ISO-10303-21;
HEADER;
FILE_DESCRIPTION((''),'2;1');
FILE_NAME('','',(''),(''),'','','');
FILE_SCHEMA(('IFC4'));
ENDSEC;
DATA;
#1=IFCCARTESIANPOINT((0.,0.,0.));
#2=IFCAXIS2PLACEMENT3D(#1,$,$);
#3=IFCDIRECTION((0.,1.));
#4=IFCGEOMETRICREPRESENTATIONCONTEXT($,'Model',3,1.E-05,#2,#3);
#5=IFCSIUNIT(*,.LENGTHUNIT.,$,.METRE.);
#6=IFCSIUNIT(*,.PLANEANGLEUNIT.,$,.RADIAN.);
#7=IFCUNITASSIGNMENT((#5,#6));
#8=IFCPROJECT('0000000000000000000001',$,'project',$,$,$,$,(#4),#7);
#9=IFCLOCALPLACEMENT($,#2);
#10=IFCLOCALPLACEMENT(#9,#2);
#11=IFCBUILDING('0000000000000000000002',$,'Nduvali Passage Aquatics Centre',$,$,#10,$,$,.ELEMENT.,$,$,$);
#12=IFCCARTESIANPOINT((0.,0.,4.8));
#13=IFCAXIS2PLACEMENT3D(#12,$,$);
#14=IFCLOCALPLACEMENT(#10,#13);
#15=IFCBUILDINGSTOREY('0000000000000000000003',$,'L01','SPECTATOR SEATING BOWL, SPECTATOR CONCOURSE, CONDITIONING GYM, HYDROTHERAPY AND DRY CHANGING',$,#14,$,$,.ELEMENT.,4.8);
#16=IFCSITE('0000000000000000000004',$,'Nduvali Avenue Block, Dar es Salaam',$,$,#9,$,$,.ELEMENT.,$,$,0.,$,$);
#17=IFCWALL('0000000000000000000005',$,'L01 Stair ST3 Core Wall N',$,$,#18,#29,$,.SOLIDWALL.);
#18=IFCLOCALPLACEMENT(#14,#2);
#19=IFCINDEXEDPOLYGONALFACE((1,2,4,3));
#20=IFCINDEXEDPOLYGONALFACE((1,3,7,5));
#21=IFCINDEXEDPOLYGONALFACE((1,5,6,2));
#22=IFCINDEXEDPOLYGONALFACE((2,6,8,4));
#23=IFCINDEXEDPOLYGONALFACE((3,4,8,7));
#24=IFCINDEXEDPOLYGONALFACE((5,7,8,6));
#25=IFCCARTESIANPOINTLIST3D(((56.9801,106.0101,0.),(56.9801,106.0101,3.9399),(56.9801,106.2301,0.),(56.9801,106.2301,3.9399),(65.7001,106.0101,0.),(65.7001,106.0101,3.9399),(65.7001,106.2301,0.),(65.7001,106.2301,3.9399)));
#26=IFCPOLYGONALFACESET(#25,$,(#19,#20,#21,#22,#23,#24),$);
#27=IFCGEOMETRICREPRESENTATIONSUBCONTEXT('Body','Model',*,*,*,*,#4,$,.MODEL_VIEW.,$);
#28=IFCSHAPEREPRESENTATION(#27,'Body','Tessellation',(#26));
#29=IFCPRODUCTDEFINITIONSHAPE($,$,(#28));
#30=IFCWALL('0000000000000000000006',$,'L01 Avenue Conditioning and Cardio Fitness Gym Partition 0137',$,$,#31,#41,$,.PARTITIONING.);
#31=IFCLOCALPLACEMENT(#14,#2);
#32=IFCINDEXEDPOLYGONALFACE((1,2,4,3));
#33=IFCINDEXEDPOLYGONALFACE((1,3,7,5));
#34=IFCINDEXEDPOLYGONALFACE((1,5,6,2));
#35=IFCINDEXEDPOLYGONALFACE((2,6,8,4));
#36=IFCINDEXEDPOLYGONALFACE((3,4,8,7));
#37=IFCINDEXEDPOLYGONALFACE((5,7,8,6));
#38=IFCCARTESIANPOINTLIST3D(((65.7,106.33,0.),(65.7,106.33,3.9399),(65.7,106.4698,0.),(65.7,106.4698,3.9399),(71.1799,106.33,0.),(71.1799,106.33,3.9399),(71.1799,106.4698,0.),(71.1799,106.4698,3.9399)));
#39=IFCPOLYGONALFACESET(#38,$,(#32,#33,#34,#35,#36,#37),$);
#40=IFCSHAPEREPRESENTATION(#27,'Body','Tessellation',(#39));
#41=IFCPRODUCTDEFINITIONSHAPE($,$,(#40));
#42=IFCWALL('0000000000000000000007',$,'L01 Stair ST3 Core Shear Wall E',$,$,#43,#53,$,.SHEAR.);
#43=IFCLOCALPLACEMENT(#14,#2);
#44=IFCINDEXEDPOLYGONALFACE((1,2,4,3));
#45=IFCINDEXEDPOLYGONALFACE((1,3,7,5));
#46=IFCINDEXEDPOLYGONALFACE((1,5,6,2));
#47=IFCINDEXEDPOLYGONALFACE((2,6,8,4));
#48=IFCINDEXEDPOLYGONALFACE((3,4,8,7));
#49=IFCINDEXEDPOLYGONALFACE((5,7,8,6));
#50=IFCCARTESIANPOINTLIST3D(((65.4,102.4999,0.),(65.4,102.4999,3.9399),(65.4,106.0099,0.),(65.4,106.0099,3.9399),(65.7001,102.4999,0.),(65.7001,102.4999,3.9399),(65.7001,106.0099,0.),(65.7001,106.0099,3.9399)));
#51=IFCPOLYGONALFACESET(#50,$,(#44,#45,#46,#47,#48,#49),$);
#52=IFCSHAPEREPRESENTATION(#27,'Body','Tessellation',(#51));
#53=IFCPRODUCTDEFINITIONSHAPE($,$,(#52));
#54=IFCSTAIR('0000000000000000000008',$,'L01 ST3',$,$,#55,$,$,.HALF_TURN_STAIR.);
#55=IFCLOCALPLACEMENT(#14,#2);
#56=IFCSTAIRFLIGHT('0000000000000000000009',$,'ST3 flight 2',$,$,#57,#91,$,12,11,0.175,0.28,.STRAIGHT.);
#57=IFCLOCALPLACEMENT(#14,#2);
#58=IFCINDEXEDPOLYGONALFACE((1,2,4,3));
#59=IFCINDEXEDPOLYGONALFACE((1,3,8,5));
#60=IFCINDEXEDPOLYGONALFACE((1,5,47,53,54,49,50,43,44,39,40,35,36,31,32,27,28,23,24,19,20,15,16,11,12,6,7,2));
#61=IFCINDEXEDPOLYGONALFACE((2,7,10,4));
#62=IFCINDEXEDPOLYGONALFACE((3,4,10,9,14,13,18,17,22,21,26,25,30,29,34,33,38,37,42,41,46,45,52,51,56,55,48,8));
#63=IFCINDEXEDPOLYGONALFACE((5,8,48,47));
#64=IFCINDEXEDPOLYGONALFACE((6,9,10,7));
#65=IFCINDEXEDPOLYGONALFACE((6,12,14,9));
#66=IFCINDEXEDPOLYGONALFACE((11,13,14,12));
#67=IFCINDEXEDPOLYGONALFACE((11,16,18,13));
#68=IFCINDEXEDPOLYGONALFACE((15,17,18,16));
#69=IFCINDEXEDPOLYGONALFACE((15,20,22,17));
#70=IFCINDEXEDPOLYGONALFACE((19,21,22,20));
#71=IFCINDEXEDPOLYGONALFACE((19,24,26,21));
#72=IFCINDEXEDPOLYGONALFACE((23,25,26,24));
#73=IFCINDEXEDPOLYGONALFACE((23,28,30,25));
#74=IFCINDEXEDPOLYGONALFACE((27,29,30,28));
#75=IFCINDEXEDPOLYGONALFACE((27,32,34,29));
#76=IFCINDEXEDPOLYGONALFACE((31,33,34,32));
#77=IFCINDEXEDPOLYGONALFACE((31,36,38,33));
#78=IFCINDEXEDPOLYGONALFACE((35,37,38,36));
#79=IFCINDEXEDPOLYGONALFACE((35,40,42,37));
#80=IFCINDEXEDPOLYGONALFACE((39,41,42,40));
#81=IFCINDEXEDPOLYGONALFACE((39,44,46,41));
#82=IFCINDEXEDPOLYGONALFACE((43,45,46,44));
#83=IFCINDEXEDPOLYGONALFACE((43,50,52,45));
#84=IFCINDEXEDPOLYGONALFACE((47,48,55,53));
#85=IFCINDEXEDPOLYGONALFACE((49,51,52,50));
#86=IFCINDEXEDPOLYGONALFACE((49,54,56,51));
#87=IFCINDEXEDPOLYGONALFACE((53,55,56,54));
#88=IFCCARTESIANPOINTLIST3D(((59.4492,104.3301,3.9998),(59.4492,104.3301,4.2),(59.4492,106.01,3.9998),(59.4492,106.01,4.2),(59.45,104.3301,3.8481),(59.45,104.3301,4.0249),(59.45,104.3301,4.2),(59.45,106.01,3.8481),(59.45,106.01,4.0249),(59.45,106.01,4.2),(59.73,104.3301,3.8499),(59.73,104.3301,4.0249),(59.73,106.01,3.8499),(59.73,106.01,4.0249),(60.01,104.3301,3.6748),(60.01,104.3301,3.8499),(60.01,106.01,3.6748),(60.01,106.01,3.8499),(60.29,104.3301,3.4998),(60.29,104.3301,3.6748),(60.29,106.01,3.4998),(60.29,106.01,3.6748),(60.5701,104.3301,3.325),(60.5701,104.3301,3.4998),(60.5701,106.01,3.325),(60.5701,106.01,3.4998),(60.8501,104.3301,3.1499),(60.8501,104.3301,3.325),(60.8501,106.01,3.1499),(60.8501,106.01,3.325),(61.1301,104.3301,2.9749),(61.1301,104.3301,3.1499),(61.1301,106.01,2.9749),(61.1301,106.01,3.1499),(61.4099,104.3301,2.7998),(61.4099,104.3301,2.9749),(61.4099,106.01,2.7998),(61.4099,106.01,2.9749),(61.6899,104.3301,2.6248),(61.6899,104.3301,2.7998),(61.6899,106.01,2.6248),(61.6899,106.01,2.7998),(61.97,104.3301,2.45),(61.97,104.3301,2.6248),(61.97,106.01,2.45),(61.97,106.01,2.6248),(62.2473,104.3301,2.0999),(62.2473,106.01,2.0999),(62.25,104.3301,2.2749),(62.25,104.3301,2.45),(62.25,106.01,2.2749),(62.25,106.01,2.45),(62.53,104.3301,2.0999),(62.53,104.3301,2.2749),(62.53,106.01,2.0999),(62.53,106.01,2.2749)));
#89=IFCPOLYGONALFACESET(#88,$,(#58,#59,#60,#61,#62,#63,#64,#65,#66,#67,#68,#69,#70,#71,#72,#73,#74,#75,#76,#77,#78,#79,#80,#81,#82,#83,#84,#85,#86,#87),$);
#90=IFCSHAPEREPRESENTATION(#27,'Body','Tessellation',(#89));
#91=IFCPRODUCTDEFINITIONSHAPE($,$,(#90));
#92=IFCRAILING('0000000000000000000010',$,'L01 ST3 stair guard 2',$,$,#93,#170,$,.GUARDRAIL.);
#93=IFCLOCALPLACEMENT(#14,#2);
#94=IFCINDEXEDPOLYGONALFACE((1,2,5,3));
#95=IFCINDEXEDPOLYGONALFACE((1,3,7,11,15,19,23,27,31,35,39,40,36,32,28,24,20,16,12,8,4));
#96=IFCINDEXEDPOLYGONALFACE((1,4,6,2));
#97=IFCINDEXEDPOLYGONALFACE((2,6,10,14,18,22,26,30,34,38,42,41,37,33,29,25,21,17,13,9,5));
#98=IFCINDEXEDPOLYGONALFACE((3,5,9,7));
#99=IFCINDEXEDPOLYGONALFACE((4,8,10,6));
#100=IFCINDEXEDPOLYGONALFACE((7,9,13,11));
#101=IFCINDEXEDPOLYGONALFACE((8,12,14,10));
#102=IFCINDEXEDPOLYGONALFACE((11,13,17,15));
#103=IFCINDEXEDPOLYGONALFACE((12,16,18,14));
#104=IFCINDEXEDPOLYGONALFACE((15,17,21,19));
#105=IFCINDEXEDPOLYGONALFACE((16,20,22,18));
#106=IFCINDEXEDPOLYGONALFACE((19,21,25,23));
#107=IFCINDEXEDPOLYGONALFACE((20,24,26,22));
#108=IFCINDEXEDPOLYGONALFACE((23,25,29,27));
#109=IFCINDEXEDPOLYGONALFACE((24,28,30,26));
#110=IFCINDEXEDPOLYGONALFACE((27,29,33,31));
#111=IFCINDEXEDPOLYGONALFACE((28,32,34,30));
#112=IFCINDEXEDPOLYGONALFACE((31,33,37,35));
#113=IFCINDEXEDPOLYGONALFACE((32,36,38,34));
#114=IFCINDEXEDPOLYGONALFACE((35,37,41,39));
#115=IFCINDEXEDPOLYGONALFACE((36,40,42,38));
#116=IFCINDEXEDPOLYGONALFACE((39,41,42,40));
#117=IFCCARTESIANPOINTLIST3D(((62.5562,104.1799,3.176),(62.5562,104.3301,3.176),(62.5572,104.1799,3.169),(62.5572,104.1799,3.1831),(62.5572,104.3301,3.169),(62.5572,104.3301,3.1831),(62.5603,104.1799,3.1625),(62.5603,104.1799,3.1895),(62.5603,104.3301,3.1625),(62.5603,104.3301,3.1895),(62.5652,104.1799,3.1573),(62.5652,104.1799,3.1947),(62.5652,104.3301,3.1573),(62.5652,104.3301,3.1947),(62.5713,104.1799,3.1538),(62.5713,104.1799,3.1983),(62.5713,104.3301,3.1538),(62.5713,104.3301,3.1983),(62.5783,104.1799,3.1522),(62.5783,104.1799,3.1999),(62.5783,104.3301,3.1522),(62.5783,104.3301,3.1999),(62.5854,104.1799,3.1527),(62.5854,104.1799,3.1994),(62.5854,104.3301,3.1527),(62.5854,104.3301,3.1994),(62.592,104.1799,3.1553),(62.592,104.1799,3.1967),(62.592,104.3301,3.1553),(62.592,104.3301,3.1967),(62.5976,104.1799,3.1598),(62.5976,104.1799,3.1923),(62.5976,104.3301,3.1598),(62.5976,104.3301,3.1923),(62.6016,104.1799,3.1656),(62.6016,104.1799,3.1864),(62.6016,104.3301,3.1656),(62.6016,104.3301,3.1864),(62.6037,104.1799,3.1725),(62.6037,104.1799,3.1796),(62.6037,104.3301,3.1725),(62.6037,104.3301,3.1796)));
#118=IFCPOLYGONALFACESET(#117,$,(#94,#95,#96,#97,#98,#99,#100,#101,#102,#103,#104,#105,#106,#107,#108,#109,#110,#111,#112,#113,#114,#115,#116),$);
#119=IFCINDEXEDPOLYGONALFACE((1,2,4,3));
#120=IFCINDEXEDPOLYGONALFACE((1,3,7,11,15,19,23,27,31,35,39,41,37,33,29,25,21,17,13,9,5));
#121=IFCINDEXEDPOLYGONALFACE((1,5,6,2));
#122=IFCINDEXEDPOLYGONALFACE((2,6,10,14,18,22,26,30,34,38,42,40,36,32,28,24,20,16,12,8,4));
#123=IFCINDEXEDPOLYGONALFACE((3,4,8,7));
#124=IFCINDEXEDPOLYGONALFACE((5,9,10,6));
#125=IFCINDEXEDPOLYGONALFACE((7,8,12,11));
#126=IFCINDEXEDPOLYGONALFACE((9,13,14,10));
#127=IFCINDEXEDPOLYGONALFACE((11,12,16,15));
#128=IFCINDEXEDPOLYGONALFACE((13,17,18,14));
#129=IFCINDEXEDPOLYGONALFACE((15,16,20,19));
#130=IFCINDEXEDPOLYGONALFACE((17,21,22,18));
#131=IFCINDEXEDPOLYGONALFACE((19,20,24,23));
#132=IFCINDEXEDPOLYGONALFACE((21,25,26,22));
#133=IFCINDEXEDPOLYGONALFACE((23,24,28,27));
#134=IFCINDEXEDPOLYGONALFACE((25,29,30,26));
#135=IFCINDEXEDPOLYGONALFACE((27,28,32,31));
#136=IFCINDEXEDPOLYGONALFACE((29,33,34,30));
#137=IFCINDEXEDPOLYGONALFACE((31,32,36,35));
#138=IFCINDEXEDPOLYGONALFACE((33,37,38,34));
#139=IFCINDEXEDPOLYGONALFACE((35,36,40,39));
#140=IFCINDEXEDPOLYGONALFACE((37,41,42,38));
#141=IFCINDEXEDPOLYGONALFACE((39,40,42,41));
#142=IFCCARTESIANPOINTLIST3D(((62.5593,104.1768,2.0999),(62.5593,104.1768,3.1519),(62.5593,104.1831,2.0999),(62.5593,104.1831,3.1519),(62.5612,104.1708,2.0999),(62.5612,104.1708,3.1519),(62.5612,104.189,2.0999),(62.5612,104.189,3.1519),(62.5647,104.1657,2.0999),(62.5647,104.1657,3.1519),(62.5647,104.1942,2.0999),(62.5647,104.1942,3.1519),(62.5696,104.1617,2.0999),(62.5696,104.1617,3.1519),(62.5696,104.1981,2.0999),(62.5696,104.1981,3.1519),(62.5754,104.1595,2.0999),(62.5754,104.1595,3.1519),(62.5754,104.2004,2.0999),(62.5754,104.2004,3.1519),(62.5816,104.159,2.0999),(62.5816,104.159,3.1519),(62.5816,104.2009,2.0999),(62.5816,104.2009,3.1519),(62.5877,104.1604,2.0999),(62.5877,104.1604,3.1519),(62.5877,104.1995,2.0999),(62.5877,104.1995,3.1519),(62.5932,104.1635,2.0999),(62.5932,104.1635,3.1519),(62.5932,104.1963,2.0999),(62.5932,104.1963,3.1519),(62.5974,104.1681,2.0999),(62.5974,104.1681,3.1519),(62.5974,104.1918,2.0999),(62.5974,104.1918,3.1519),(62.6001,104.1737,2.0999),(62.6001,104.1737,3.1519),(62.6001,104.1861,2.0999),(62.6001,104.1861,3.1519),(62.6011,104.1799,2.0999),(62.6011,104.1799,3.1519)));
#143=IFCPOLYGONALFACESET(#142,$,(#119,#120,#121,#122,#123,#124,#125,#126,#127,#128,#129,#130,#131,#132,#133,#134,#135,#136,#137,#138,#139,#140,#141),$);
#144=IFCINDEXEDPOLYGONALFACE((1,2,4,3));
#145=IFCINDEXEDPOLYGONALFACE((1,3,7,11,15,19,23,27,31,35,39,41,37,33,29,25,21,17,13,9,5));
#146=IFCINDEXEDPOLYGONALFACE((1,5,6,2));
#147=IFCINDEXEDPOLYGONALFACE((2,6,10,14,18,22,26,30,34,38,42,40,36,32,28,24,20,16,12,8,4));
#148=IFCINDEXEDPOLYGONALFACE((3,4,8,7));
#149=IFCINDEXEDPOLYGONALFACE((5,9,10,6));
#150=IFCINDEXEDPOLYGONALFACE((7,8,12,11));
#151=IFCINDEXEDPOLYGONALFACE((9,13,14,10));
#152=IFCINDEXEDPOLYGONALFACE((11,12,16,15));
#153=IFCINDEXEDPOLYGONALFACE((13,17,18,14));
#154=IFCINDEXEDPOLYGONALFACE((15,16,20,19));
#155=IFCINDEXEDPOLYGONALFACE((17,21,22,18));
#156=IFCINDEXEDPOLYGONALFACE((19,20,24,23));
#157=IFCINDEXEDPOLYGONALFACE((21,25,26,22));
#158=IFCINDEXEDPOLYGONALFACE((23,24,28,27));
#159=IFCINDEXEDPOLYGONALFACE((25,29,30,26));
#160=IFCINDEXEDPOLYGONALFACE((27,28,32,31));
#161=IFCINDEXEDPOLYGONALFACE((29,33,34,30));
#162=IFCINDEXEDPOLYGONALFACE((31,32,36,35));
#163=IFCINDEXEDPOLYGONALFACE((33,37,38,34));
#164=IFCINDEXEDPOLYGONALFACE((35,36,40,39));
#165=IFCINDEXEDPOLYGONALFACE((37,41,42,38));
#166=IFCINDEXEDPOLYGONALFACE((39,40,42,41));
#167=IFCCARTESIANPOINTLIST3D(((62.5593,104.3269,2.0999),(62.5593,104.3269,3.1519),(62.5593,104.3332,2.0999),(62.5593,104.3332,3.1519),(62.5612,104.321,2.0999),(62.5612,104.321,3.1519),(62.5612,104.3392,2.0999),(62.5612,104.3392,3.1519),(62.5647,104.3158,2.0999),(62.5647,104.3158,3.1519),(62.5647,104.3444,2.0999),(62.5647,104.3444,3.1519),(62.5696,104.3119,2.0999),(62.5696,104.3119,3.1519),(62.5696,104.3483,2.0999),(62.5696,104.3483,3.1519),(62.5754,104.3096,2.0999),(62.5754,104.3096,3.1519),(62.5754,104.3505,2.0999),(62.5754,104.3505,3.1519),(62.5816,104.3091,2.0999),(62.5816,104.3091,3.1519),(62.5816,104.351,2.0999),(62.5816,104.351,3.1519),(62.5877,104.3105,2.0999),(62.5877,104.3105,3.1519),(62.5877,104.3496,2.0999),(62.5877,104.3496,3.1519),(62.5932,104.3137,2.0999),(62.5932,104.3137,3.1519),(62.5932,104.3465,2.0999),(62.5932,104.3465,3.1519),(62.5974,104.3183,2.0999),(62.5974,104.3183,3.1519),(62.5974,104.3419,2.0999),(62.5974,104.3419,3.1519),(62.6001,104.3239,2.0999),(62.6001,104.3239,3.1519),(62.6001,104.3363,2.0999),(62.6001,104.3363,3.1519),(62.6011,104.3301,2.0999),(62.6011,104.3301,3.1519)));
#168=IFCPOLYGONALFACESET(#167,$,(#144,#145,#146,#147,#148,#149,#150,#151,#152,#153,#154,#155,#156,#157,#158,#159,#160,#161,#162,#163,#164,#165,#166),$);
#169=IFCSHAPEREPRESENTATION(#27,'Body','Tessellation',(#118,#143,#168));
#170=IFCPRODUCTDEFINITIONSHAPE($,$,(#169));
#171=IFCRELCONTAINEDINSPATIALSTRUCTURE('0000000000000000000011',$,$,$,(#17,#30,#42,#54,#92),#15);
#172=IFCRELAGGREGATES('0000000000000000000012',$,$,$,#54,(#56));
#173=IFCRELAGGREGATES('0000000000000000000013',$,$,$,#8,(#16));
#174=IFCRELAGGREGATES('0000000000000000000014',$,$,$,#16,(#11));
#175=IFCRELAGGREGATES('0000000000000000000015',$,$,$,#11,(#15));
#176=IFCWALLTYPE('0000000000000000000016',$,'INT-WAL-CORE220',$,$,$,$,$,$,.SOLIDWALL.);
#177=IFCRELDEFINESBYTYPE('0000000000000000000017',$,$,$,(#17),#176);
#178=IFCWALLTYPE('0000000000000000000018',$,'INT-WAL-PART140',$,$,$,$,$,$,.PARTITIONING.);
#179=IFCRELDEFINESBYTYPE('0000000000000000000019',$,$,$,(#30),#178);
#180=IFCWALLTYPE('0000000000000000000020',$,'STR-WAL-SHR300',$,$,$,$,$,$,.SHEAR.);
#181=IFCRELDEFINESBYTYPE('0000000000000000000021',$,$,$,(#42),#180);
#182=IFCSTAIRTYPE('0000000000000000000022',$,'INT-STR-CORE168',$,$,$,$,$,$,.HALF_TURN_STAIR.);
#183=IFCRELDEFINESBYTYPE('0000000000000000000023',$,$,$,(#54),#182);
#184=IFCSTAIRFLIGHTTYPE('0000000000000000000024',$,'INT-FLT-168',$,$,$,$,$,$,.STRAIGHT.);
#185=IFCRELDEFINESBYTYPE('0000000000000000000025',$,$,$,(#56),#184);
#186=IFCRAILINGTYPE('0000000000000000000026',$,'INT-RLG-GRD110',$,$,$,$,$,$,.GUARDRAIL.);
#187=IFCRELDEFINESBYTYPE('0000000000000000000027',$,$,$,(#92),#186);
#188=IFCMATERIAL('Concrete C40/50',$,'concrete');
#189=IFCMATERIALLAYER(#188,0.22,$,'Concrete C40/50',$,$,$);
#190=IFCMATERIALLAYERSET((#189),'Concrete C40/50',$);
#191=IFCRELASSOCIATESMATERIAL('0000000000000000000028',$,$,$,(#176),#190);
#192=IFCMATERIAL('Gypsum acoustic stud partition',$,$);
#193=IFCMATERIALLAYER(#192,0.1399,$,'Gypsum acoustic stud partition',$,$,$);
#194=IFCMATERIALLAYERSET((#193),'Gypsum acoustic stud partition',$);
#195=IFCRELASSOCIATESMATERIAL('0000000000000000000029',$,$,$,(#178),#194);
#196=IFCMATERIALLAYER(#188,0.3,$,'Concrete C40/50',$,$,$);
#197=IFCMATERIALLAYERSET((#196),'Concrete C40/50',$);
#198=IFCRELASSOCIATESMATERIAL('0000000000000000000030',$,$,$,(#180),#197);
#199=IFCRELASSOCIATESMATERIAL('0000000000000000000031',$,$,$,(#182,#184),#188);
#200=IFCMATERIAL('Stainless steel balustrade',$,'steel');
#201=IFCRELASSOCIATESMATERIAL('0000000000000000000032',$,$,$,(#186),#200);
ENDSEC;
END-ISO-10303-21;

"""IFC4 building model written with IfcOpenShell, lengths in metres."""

from ifc_helpers import new_model, si_unit, direction, frame, frame_2d, origin, origin_2d, place, context, subcontext, project, spatial, polyline, rectangle, circle, outline, extrude, material, layer, layer_set, type_object, element, aggregate, save


model = new_model("IFC4")

# Units and contexts
model_context = context("Model", 3, precision=1e-05, world=origin(), true_north=direction((0.0, 1.0)))
body_context = subcontext(model_context, "Body", "Model", "MODEL_VIEW")
ifc_project = project(units=[si_unit("LENGTHUNIT", "METRE"), si_unit("PLANEANGLEUNIT", "RADIAN")], contexts=[model_context])

# Site, building, storey
site_placement = place(None, origin())
site = spatial("IfcSite", under=ifc_project, at=site_placement, Name="Nduvali Avenue Block, Dar es Salaam", CompositionType="ELEMENT", RefElevation=0.0)
building_placement = place(site_placement, origin())
building = spatial("IfcBuilding", under=site, at=building_placement, Name="Nduvali Passage Aquatics Centre", CompositionType="ELEMENT")
storey_placement = place(building_placement, frame((0.0, 0.0, 4.8)))
storey = spatial("IfcBuildingStorey", under=building, at=storey_placement, Name="L01", Description="SPECTATOR SEATING BOWL, SPECTATOR CONCOURSE, CONDITIONING GYM, HYDROTHERAPY AND DRY CHANGING", CompositionType="ELEMENT", Elevation=4.8)

# Walls
ifc_material_1 = material(Name="Concrete C40/50", Category="concrete")
ifc_layer_1 = layer(ifc_material_1, 0.22, Name="Concrete C40/50")
ifc_layer_set_1 = layer_set([ifc_layer_1], Name="Concrete C40/50")
wall_type_1 = type_object("IfcWallType", Name="INT-WAL-CORE220", PredefinedType="SOLIDWALL", material=ifc_layer_set_1)
wall_1_placement = place(storey_placement, frame((65.7, 106.1201, 0.0), z_axis=(0.0, 0.0, 1.0), x_axis=(-1.0, 0.0, 0.0)))
element("IfcWall", 1, at=wall_1_placement, inside=storey, type_object=wall_type_1, Name="L01 Stair ST3 Core Wall N", PredefinedType="SOLIDWALL", context=body_context, shape_type="SweptSolid", body=[
    extrude(rectangle(XDim=8.72, YDim=0.22, at=frame_2d((4.3599, 0.0))), origin(), (0.0, 0.0, 1.0), 3.9399),
])
ifc_material_2 = material(Name="Gypsum acoustic stud partition")
ifc_layer_2 = layer(ifc_material_2, 0.1399, Name="Gypsum acoustic stud partition")
ifc_layer_set_2 = layer_set([ifc_layer_2], Name="Gypsum acoustic stud partition")
wall_type_2 = type_object("IfcWallType", Name="INT-WAL-PART140", PredefinedType="PARTITIONING", material=ifc_layer_set_2)
wall_2_placement = place(storey_placement, frame((65.7, 106.3999, 0.0), z_axis=(0.0, 0.0, 1.0), x_axis=(1.0, 0.0, 0.0)))
element("IfcWall", 2, at=wall_2_placement, inside=storey, type_object=wall_type_2, Name="L01 Avenue Conditioning and Cardio Fitness Gym Partition 0137", PredefinedType="PARTITIONING", context=body_context, shape_type="SweptSolid", body=[
    extrude(rectangle(XDim=5.48, YDim=0.1399, at=frame_2d((2.74, 0.0))), origin(), (0.0, 0.0, 1.0), 3.9399),
])
ifc_layer_3 = layer(ifc_material_1, 0.3, Name="Concrete C40/50")
ifc_layer_set_3 = layer_set([ifc_layer_3], Name="Concrete C40/50")
wall_type_3 = type_object("IfcWallType", Name="STR-WAL-SHR300", PredefinedType="SHEAR", material=ifc_layer_set_3)
wall_3_placement = place(storey_placement, frame((65.55, 102.5, 0.0), z_axis=(0.0, 0.0, 1.0), x_axis=(0.0, 1.0, 0.0)))
element("IfcWall", 3, at=wall_3_placement, inside=storey, type_object=wall_type_3, Name="L01 Stair ST3 Core Shear Wall E", PredefinedType="SHEAR", context=body_context, shape_type="SweptSolid", body=[
    extrude(rectangle(XDim=3.51, YDim=0.3, at=frame_2d((1.7549, 0.0))), origin(), (0.0, 0.0, 1.0), 3.9399),
])

# Stair, stair flight
stair_type = type_object("IfcStairType", Name="INT-STR-CORE168", PredefinedType="HALF_TURN_STAIR", material=ifc_material_1)
stair_placement = place(storey_placement, origin())
stair = element("IfcStair", 4, at=stair_placement, inside=storey, type_object=stair_type, Name="L01 ST3", PredefinedType="HALF_TURN_STAIR")
stair_flight_type = type_object("IfcStairFlightType", Name="INT-FLT-168", PredefinedType="STRAIGHT", material=ifc_material_1)
stair_flight_placement = place(storey_placement, frame((62.53, 105.1699, 2.0999), z_axis=(0.0, 0.0, 1.0), x_axis=(-1.0, 0.0, 0.0)))
stair_flight = element("IfcStairFlight", 5, at=stair_flight_placement, type_object=stair_flight_type, Name="ST3 flight 2", NumberOfRisers=12, NumberOfTreads=11, PredefinedType="STRAIGHT", RiserHeight=0.175, TreadLength=0.28, context=body_context, shape_type="SweptSolid", body=[
    extrude(outline(polyline([(0.0, 0.0), (0.0, 0.175), (0.28, 0.175), (0.28, 0.3501), (0.5601, 0.3501), (0.5601, 0.5249), (0.8401, 0.5249), (0.8401, 0.7), (1.1201, 0.7), (1.1201, 0.875), (1.3999, 0.875), (1.3999, 1.05), (1.6799, 1.05), (1.6799, 1.2251), (1.96, 1.2251), (1.96, 1.3999), (2.24, 1.3999), (2.24, 1.575), (2.52, 1.575), (2.52, 1.75), (2.8, 1.75), (2.8, 1.925), (3.0801, 1.925), (3.0801, 2.1001), (3.0808, 2.1001), (3.0808, 1.8999), (3.0801, 1.7483), (0.2827, 0.0), (0.0, 0.0)])), frame((0.0, 0.8398, 0.0), z_axis=(0.0, -1.0, 0.0), x_axis=(1.0, 0.0, 0.0)), (0.0, 0.0, 1.0), 1.6799),
])
aggregate(stair, [stair_flight])

# Railing
ifc_material_3 = material(Name="Stainless steel balustrade", Category="steel")
railing_type_1 = type_object("IfcRailingType", Name="INT-RLG-GRD110", PredefinedType="GUARDRAIL", material=ifc_material_3)
railing_1_placement = place(storey_placement, frame((62.5801, 104.1799, 2.0999)))
element("IfcRailing", 6, at=railing_1_placement, inside=storey, type_object=railing_type_1, Name="L01 ST3 stair guard 2", PredefinedType="GUARDRAIL", context=body_context, shape_type="SweptSolid", body=[
    extrude(circle(Radius=0.0239, at=origin_2d()), frame((0.0, 0.0, 1.0762), z_axis=(0.0, 1.0, 0.0), x_axis=(-1.0, 0.0, 0.0)), (0.0, 0.0, 1.0), 0.1501),
    extrude(circle(Radius=0.021, at=origin_2d()), origin(), (0.0, 0.0, 1.0), 1.052),
    extrude(circle(Radius=0.021, at=origin_2d()), frame((0.0, 0.1501, 0.0)), (0.0, 0.0, 1.0), 1.052),
])

save(model, "model.ifc")
